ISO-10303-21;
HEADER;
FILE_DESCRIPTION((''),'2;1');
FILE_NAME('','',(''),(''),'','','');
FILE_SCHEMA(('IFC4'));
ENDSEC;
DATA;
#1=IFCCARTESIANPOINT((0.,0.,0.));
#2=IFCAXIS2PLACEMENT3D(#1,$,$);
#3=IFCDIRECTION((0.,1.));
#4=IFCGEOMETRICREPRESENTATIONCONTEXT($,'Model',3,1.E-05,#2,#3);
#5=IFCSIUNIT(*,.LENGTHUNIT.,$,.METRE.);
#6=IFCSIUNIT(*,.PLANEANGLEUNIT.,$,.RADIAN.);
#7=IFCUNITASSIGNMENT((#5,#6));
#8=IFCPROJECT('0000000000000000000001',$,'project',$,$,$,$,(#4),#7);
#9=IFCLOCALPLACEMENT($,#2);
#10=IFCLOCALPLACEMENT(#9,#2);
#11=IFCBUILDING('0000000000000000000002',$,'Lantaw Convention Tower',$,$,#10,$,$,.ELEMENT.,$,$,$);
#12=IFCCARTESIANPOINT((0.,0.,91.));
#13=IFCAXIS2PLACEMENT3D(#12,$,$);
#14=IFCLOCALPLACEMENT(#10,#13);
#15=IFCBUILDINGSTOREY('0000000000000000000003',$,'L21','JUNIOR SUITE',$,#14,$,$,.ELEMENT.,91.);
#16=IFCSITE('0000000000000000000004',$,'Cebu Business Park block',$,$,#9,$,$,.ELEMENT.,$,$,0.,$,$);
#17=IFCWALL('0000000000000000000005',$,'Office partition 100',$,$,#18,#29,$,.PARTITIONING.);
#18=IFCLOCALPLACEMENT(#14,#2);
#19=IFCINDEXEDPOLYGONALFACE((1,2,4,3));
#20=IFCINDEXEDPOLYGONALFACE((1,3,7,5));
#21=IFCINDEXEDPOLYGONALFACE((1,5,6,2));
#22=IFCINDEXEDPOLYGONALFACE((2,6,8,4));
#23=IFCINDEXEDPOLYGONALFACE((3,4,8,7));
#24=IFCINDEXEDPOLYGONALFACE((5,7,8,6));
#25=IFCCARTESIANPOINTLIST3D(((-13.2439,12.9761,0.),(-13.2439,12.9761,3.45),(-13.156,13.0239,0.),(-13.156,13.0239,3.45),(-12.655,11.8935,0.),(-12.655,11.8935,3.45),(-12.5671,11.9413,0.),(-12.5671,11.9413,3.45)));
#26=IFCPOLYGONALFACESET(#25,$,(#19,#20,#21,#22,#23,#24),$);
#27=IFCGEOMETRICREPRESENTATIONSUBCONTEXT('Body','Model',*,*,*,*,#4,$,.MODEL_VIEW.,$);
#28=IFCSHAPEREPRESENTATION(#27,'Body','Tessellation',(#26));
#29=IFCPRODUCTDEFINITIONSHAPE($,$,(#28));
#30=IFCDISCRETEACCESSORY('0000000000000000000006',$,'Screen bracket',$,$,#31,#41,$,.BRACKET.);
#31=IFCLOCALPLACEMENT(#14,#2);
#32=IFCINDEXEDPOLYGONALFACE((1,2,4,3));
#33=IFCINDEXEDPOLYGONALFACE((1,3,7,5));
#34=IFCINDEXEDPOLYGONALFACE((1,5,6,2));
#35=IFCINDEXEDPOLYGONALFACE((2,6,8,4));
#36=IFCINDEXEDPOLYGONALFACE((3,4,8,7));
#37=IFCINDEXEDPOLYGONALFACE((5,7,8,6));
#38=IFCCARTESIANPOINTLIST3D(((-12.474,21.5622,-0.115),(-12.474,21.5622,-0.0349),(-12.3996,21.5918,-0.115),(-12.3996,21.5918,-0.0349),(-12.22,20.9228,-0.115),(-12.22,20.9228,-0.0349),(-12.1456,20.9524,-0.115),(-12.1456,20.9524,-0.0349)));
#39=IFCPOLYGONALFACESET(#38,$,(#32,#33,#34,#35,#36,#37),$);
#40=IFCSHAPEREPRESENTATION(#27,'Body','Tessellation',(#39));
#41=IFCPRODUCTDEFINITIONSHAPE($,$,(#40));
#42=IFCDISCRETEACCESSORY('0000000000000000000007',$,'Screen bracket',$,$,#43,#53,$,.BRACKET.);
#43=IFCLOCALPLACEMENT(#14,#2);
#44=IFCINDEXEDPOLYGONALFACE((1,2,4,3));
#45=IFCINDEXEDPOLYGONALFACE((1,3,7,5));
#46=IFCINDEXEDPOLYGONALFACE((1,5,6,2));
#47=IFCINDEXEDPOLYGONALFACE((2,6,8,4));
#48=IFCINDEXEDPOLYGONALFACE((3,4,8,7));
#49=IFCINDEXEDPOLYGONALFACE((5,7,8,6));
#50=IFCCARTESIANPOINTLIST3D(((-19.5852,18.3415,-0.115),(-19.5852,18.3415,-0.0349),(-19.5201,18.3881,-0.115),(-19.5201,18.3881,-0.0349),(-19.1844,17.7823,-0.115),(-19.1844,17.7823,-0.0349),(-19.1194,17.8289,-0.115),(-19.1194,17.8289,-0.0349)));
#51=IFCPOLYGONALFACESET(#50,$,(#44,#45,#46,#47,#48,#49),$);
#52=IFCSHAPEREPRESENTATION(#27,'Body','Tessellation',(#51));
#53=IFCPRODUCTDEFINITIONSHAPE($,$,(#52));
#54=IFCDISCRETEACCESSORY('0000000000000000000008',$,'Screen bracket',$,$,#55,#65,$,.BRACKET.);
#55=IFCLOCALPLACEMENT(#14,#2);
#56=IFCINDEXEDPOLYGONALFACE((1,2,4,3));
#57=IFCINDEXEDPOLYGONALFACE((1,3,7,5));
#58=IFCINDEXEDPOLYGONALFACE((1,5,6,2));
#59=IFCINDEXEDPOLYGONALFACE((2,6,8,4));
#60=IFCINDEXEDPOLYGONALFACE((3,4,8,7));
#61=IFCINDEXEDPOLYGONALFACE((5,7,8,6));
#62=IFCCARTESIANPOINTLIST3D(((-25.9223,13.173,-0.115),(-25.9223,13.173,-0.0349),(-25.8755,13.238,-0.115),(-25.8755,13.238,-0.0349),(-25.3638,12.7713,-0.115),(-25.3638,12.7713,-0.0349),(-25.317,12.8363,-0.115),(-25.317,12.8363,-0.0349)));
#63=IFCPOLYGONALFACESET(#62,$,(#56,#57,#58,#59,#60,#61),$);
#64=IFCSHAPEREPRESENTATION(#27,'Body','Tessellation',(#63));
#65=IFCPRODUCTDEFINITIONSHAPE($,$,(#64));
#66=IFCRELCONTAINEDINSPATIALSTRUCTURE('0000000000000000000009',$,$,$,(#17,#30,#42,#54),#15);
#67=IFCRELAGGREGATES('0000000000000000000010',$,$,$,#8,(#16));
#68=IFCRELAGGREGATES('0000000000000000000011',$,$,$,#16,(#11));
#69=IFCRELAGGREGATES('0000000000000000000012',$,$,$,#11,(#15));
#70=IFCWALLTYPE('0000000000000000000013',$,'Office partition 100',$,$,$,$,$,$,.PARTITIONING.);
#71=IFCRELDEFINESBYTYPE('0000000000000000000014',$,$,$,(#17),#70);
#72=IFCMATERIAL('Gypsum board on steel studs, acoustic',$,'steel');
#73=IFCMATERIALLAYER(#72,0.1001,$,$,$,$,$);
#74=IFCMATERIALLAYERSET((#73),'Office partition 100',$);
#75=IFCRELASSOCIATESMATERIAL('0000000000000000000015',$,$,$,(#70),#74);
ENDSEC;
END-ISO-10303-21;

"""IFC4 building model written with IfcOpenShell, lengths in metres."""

from ifc_helpers import new_model, si_unit, direction, frame, frame_2d, origin, origin_2d, place, context, subcontext, project, spatial, rectangle, extrude, material, layer, layer_set, type_object, element, save


model = new_model("IFC4")

# Units and contexts
model_context = context("Model", 3, precision=1e-05, world=origin(), true_north=direction((0.0, 1.0)))
body_context = subcontext(model_context, "Body", "Model", "MODEL_VIEW")
ifc_project = project(units=[si_unit("LENGTHUNIT", "METRE"), si_unit("PLANEANGLEUNIT", "RADIAN")], contexts=[model_context])

# Site, building, storey
site_placement = place(None, origin())
site = spatial("IfcSite", under=ifc_project, at=site_placement, Name="Cebu Business Park block", CompositionType="ELEMENT", RefElevation=0.0)
building_placement = place(site_placement, origin())
building = spatial("IfcBuilding", under=site, at=building_placement, Name="Lantaw Convention Tower", CompositionType="ELEMENT")
storey_placement = place(building_placement, frame((0.0, 0.0, 91.0)))
storey = spatial("IfcBuildingStorey", under=building, at=storey_placement, Name="L21", Description="JUNIOR SUITE", CompositionType="ELEMENT", Elevation=91.0)

# Wall
ifc_material_1 = material(Name="Gypsum board on steel studs, acoustic", Category="steel")
ifc_layer_1 = layer(ifc_material_1, 0.1001)
ifc_layer_set_1 = layer_set([ifc_layer_1], Name="Office partition 100")
wall_type_1 = type_object("IfcWallType", Name="Office partition 100", PredefinedType="PARTITIONING", material=ifc_layer_set_1)
wall_1_placement = place(storey_placement, frame((-13.2, 13.0, 0.0), z_axis=(0.0, 0.0, 1.0), x_axis=(0.477852, -0.87844, 0.0)))
element("IfcWall", 1, at=wall_1_placement, inside=storey, type_object=wall_type_1, Name="Office partition 100", PredefinedType="PARTITIONING", context=body_context, shape_type="SweptSolid", body=[
    extrude(rectangle(XDim=1.2324, YDim=0.1001, at=frame_2d((0.6162, 0.0))), origin(), (0.0, 0.0, 1.0), 3.45),
])

# Discrete accessories
for number, where, z_axis, x_axis, name in (
    (2, (-12.3098, 21.2573, -0.115), (0.0, 0.0, 1.0), (-0.929361, -0.369172, 0.0), "Screen bracket"),
    (3, (-19.3523, 18.0852, -0.115), (0.0, 0.0, 1.0), (-0.812804, -0.582538, 0.0), "Screen bracket"),
    (4, (-25.6196, 13.0046, -0.115), (0.0, 0.0, 1.0), (-0.583951, -0.811789, 0.0), "Screen bracket"),
):
    element("IfcDiscreteAccessory", number, at=place(storey_placement, frame(where, z_axis=z_axis, x_axis=x_axis)), inside=storey, Name=name, PredefinedType="BRACKET", context=body_context, shape_type="SweptSolid", body=[
        extrude(rectangle(XDim=0.0801, YDim=0.688, at=origin_2d()), origin(), (0.0, 0.0, 1.0), 0.0801),
    ])

save(model, "model.ifc")
